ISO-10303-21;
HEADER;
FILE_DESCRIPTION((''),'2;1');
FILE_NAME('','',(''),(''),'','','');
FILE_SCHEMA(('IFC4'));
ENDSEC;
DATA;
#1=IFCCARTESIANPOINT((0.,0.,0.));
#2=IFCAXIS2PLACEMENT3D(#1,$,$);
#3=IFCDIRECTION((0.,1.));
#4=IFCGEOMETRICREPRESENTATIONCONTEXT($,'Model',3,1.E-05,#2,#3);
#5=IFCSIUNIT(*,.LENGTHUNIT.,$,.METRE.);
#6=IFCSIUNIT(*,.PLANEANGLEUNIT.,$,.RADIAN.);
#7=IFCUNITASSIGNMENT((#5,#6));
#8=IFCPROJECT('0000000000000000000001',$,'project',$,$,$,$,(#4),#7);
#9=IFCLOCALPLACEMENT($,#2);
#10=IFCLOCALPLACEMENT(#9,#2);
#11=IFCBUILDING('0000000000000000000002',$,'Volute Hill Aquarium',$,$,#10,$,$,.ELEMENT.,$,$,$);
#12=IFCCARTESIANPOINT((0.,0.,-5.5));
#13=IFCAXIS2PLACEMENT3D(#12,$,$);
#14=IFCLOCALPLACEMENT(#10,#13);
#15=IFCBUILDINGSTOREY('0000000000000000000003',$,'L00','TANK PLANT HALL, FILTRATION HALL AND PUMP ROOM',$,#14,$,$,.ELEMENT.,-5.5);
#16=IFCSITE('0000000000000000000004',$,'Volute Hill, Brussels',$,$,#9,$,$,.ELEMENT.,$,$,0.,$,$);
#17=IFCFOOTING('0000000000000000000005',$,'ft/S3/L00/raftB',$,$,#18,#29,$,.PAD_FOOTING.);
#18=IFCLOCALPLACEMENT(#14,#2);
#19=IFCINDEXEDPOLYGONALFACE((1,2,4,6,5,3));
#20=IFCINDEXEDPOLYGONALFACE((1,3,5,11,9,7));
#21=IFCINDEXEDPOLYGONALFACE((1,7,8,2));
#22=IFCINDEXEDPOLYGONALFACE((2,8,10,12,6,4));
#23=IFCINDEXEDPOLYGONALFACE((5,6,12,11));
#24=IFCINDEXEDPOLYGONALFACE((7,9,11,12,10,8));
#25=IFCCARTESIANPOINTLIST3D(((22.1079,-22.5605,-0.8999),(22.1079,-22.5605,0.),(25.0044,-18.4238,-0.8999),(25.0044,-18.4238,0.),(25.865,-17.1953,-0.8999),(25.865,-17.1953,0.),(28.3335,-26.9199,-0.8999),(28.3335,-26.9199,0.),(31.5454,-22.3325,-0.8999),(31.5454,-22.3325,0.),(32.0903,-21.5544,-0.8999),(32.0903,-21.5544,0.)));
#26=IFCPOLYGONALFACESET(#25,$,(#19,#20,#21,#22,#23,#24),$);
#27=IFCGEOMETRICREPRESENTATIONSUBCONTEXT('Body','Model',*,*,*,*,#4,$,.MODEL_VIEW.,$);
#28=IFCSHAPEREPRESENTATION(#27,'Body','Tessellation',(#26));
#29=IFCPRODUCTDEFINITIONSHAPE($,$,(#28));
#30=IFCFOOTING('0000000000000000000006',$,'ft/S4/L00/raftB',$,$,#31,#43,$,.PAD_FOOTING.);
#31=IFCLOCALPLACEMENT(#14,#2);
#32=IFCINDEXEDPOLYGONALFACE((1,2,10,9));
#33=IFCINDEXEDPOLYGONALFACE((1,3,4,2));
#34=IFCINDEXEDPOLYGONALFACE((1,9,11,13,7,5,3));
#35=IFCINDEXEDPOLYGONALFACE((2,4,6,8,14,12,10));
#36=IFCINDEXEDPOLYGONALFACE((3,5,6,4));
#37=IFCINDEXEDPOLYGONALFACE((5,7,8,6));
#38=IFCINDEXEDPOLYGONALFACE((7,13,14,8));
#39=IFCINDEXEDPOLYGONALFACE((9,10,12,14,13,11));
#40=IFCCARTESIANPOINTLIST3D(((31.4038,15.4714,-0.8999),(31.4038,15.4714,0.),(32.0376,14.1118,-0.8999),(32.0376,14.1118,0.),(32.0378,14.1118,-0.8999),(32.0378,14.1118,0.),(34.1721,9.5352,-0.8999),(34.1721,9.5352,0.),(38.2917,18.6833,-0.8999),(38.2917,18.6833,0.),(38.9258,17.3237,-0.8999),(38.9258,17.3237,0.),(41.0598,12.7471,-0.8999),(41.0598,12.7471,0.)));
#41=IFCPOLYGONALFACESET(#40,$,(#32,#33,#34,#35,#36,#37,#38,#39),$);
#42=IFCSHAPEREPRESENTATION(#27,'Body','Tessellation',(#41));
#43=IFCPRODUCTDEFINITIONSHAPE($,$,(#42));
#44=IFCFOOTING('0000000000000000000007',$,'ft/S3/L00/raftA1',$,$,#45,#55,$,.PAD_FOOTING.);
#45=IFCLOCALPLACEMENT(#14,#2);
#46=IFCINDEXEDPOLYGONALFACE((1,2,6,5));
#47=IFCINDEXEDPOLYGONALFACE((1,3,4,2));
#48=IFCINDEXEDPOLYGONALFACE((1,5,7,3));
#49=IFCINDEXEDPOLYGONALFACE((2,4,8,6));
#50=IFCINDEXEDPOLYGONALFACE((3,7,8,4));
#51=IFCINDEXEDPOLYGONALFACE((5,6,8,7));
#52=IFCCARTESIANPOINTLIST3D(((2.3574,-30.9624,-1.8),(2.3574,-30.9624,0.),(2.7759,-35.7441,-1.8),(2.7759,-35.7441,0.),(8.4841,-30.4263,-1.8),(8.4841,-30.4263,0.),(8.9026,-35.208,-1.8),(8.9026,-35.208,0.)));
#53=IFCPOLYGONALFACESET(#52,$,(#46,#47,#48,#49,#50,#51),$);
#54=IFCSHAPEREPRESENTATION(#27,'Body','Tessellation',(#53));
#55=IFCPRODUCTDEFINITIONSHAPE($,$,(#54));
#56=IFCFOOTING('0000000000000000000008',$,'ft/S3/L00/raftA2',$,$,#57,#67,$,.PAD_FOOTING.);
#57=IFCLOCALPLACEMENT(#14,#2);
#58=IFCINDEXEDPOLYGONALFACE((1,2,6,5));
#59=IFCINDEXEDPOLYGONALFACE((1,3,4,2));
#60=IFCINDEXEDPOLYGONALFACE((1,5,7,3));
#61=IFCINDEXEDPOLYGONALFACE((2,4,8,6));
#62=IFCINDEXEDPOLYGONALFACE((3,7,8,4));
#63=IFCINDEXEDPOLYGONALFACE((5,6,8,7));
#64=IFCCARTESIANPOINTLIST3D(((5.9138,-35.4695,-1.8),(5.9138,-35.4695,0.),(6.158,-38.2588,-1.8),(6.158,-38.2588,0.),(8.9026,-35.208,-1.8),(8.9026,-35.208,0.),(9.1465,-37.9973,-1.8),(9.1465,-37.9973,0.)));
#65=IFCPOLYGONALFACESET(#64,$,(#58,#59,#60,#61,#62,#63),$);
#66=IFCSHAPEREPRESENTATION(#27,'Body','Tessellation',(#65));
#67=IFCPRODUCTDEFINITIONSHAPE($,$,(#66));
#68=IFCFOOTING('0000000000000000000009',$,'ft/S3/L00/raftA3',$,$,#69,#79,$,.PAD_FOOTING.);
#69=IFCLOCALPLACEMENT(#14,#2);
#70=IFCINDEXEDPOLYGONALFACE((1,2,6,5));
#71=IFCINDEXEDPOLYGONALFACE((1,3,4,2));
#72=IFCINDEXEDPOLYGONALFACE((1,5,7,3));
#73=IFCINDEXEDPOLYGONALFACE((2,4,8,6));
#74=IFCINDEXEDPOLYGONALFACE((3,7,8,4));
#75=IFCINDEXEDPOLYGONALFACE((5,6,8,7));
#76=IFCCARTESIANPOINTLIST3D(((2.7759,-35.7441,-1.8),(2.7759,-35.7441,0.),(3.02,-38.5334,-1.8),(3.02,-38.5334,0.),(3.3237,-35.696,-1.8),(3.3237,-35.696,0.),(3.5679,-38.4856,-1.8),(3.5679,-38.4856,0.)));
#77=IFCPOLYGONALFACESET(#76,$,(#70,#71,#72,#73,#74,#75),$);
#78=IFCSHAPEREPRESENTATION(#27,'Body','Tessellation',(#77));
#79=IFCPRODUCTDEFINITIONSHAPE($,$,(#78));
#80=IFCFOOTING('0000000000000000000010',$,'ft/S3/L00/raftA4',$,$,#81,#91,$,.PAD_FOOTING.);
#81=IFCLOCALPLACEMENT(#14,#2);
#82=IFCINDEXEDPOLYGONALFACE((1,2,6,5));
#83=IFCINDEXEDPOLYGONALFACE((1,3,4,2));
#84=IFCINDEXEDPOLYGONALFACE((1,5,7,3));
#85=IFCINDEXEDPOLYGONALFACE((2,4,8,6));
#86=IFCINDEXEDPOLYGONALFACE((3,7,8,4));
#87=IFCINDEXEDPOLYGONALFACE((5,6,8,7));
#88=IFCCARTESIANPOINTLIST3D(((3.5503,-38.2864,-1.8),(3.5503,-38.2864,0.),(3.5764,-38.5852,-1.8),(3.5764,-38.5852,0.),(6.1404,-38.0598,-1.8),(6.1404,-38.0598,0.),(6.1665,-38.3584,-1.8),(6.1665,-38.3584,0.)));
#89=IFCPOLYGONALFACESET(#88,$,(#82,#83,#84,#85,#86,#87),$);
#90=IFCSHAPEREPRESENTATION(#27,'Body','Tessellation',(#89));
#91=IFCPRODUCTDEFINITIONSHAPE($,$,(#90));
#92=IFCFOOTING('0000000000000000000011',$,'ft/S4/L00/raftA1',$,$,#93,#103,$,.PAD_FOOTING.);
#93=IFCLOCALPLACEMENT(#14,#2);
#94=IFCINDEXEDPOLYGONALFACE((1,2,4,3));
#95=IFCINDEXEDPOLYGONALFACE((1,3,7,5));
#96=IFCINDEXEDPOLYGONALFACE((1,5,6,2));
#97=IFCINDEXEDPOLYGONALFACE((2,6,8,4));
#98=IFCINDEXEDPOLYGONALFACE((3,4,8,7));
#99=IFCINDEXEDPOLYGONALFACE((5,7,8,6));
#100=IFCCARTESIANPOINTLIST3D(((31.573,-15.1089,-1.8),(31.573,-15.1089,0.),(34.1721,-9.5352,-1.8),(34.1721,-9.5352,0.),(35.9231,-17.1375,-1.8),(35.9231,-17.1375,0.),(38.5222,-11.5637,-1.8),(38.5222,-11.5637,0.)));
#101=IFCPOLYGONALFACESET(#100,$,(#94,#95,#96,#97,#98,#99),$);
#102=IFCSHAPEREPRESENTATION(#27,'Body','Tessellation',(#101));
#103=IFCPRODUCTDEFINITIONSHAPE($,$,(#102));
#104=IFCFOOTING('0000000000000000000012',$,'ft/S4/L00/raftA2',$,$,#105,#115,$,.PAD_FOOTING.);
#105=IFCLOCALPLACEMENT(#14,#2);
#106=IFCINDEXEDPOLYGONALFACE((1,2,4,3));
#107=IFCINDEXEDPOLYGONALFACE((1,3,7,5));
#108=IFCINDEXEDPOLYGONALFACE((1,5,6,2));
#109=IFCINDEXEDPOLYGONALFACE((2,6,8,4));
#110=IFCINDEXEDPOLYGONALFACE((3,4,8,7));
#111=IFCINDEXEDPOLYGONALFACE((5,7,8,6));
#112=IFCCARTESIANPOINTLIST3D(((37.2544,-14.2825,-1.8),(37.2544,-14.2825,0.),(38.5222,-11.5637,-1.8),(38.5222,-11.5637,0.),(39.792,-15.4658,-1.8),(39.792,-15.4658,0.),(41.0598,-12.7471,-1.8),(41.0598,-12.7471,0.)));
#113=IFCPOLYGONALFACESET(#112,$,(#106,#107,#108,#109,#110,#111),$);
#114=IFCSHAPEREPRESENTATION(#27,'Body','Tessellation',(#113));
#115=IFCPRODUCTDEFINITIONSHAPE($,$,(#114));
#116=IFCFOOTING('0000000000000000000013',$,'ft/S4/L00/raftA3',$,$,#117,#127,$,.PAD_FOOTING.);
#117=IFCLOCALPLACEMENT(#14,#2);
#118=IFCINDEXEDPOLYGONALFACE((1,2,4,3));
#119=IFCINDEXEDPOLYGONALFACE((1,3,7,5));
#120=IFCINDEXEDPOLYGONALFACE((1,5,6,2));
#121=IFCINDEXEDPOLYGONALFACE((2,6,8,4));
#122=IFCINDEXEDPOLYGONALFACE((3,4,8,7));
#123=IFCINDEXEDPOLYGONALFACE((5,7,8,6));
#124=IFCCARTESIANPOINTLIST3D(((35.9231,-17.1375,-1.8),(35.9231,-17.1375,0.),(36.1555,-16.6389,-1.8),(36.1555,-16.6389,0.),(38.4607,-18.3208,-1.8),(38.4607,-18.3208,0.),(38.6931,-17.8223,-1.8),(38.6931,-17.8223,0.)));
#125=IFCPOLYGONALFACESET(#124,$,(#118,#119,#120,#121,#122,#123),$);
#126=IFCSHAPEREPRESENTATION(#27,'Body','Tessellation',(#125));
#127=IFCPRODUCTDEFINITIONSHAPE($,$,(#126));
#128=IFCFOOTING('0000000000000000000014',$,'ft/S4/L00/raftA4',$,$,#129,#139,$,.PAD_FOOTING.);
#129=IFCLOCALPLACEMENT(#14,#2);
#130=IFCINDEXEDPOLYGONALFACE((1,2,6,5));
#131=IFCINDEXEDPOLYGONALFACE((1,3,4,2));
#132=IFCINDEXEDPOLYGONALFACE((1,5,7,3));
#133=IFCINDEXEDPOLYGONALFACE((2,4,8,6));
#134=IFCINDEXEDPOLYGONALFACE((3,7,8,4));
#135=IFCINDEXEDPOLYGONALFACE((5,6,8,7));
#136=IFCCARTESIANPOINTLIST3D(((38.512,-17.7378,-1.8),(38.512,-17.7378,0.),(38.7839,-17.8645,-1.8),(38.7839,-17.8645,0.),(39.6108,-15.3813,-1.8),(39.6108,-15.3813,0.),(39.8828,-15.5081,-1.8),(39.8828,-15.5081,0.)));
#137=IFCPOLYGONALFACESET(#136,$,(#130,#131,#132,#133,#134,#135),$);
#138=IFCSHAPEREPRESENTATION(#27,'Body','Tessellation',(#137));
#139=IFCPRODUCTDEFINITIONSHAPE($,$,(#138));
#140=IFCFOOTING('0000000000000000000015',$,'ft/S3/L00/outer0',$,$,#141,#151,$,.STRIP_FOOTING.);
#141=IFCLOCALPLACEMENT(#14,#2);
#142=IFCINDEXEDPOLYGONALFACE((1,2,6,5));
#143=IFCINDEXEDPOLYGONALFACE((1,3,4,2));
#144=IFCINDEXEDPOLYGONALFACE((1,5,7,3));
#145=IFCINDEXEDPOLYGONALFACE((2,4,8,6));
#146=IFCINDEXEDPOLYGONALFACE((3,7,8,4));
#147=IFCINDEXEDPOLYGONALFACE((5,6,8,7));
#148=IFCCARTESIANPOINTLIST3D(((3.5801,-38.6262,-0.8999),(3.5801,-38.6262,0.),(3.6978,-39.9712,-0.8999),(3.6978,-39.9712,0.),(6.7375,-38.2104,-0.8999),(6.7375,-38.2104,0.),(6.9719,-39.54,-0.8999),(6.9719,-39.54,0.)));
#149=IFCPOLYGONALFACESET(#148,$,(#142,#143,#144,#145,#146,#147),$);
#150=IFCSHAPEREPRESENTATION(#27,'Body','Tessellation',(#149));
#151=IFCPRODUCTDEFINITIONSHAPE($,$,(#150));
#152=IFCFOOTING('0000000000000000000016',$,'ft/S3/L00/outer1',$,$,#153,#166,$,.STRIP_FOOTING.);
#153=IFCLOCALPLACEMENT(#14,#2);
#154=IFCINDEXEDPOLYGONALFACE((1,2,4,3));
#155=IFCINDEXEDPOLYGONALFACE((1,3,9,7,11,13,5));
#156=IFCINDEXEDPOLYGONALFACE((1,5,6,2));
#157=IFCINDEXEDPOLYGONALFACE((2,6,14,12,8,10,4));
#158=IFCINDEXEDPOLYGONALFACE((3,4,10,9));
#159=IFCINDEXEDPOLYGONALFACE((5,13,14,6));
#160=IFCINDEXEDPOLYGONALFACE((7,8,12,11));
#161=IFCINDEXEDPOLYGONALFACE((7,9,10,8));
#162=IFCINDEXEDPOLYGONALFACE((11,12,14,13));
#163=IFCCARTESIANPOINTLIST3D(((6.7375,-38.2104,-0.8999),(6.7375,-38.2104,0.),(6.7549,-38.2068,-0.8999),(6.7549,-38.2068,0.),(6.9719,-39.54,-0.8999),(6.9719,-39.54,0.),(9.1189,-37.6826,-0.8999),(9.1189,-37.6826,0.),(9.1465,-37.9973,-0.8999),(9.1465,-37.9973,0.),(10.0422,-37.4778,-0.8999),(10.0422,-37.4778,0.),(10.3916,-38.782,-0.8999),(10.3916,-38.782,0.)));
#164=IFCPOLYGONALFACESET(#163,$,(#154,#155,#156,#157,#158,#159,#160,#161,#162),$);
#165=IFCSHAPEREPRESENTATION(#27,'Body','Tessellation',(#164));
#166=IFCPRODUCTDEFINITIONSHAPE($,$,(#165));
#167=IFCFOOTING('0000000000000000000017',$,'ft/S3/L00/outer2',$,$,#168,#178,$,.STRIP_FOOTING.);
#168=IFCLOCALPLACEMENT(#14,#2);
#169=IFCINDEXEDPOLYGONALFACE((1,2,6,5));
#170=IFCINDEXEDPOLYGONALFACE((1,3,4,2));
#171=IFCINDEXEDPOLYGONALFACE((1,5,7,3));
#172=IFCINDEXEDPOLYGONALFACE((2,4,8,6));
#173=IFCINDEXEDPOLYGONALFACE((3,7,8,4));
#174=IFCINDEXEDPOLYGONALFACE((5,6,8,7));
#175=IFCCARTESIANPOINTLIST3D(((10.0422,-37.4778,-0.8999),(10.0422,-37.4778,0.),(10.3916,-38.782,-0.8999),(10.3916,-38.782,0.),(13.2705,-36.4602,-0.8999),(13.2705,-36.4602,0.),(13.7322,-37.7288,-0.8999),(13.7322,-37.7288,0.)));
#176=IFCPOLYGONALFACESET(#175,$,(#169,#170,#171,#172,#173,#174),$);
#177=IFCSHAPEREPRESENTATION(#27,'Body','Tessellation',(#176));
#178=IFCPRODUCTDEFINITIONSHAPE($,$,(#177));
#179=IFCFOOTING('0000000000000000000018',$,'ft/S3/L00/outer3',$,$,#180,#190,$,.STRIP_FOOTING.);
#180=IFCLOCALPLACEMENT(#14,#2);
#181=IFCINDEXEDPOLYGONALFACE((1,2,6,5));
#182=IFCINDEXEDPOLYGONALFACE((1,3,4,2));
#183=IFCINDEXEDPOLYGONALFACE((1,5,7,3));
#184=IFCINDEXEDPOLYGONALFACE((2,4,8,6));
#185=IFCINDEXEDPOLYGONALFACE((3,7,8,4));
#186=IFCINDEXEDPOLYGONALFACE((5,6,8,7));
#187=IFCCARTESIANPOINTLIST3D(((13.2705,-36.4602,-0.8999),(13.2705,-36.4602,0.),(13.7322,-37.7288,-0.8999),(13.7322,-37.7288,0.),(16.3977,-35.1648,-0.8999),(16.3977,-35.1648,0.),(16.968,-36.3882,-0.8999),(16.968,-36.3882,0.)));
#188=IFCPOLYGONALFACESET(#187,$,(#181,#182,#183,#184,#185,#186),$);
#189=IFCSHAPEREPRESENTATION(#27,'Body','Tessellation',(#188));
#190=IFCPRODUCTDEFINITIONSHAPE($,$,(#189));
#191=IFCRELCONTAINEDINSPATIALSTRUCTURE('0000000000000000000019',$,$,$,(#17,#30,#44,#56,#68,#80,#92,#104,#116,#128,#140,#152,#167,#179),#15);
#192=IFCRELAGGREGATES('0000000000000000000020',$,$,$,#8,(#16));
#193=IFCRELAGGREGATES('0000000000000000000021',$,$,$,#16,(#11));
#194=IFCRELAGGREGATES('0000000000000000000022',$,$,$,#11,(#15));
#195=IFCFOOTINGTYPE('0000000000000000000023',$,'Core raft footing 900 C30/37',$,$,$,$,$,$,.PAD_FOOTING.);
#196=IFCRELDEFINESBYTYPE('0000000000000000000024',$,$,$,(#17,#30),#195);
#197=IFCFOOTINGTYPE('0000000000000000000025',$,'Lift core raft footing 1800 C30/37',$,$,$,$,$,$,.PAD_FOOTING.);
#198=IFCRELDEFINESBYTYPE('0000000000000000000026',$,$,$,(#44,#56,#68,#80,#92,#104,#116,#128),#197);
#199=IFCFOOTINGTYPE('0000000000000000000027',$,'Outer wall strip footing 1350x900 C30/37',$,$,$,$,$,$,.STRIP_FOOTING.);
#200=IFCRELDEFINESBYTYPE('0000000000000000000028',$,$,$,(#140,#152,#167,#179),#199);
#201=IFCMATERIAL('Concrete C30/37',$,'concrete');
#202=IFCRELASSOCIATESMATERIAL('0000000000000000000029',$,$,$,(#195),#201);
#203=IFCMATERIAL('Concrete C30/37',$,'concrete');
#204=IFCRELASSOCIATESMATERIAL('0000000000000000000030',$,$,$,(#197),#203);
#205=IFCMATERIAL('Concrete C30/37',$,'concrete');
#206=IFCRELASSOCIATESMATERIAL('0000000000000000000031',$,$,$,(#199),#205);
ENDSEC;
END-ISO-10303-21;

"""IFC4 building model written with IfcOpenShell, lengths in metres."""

from ifc_helpers import new_model, si_unit, direction, frame, origin, place, context, subcontext, project, spatial, polyline, outline, extrude, material, type_object, element, save


model = new_model("IFC4")

# Units and contexts
model_context = context("Model", 3, precision=1e-05, world=origin(), true_north=direction((0.0, 1.0)))
body_context = subcontext(model_context, "Body", "Model", "MODEL_VIEW")
ifc_project = project(units=[si_unit("LENGTHUNIT", "METRE"), si_unit("PLANEANGLEUNIT", "RADIAN")], contexts=[model_context])

# Site, building, storey
site_placement = place(None, origin())
site = spatial("IfcSite", under=ifc_project, at=site_placement, Name="Volute Hill, Brussels", CompositionType="ELEMENT", RefElevation=0.0)
building_placement = place(site_placement, origin())
building = spatial("IfcBuilding", under=site, at=building_placement, Name="Volute Hill Aquarium", CompositionType="ELEMENT")
storey_placement = place(building_placement, frame((0.0, 0.0, -5.5)))
storey = spatial("IfcBuildingStorey", under=building, at=storey_placement, Name="L00", Description="TANK PLANT HALL, FILTRATION HALL AND PUMP ROOM", CompositionType="ELEMENT", Elevation=-5.5)

# Footings
ifc_material_1 = material(Name="Concrete C30/37", Category="concrete")
footing_type_1 = type_object("IfcFootingType", Name="Core raft footing 900 C30/37", PredefinedType="PAD_FOOTING", material=ifc_material_1)
footing_1_placement = place(storey_placement, frame((0.0, 0.0, -0.8999)))
element("IfcFooting", 1, at=footing_1_placement, inside=storey, type_object=footing_type_1, Name="ft/S3/L00/raftB", PredefinedType="PAD_FOOTING", context=body_context, shape_type="SweptSolid", body=[
    extrude(outline(polyline([(25.0044, -18.4238), (25.0044, -18.4238), (25.865, -17.1953), (32.0903, -21.5544), (31.5454, -22.3325), (31.5454, -22.3325), (28.3335, -26.9199), (22.1079, -22.5605), (25.0044, -18.4238)])), origin(), (0.0, 0.0, 1.0), 0.8999),
])
footing_2_placement = place(storey_placement, frame((0.0, 0.0, -0.8999)))
element("IfcFooting", 2, at=footing_2_placement, inside=storey, type_object=footing_type_1, Name="ft/S4/L00/raftB", PredefinedType="PAD_FOOTING", context=body_context, shape_type="SweptSolid", body=[
    extrude(outline(polyline([(32.0378, 14.1118), (32.0376, 14.1118), (31.4038, 15.4714), (38.2917, 18.6833), (38.9258, 17.3237), (38.9258, 17.3237), (41.0598, 12.7471), (34.1721, 9.5352), (32.0378, 14.1118)])), origin(), (0.0, 0.0, 1.0), 0.8999),
])
ifc_material_2 = material(Name="Concrete C30/37", Category="concrete")
footing_type_2 = type_object("IfcFootingType", Name="Lift core raft footing 1800 C30/37", PredefinedType="PAD_FOOTING", material=ifc_material_2)
footing_3_placement = place(storey_placement, frame((0.0, 0.0, -1.8)))
element("IfcFooting", 3, at=footing_3_placement, inside=storey, type_object=footing_type_2, Name="ft/S3/L00/raftA1", PredefinedType="PAD_FOOTING", context=body_context, shape_type="SweptSolid", body=[
    extrude(outline(polyline([(2.3574, -30.9624), (2.7759, -35.7441), (8.9026, -35.208), (8.4841, -30.4263), (2.3574, -30.9624)])), origin(), (0.0, 0.0, 1.0), 1.8),
])
footing_4_placement = place(storey_placement, frame((0.0, 0.0, -1.8)))
element("IfcFooting", 4, at=footing_4_placement, inside=storey, type_object=footing_type_2, Name="ft/S3/L00/raftA2", PredefinedType="PAD_FOOTING", context=body_context, shape_type="SweptSolid", body=[
    extrude(outline(polyline([(5.9138, -35.4695), (6.158, -38.2588), (9.1465, -37.9973), (8.9026, -35.208), (5.9138, -35.4695)])), origin(), (0.0, 0.0, 1.0), 1.8),
])
footing_5_placement = place(storey_placement, frame((0.0, 0.0, -1.8)))
element("IfcFooting", 5, at=footing_5_placement, inside=storey, type_object=footing_type_2, Name="ft/S3/L00/raftA3", PredefinedType="PAD_FOOTING", context=body_context, shape_type="SweptSolid", body=[
    extrude(outline(polyline([(2.7759, -35.7441), (3.02, -38.5334), (3.5679, -38.4856), (3.3237, -35.696), (2.7759, -35.7441)])), origin(), (0.0, 0.0, 1.0), 1.8),
])
footing_6_placement = place(storey_placement, frame((0.0, 0.0, -1.8)))
element("IfcFooting", 6, at=footing_6_placement, inside=storey, type_object=footing_type_2, Name="ft/S3/L00/raftA4", PredefinedType="PAD_FOOTING", context=body_context, shape_type="SweptSolid", body=[
    extrude(outline(polyline([(3.5503, -38.2864), (3.5764, -38.5852), (6.1665, -38.3584), (6.1404, -38.0598), (3.5503, -38.2864)])), origin(), (0.0, 0.0, 1.0), 1.8),
])
footing_7_placement = place(storey_placement, frame((0.0, 0.0, -1.8)))
element("IfcFooting", 7, at=footing_7_placement, inside=storey, type_object=footing_type_2, Name="ft/S4/L00/raftA1", PredefinedType="PAD_FOOTING", context=body_context, shape_type="SweptSolid", body=[
    extrude(outline(polyline([(31.573, -15.1089), (35.9231, -17.1375), (38.5222, -11.5637), (34.1721, -9.5352), (31.573, -15.1089)])), origin(), (0.0, 0.0, 1.0), 1.8),
])
footing_8_placement = place(storey_placement, frame((0.0, 0.0, -1.8)))
element("IfcFooting", 8, at=footing_8_placement, inside=storey, type_object=footing_type_2, Name="ft/S4/L00/raftA2", PredefinedType="PAD_FOOTING", context=body_context, shape_type="SweptSolid", body=[
    extrude(outline(polyline([(37.2544, -14.2825), (39.792, -15.4658), (41.0598, -12.7471), (38.5222, -11.5637), (37.2544, -14.2825)])), origin(), (0.0, 0.0, 1.0), 1.8),
])
footing_9_placement = place(storey_placement, frame((0.0, 0.0, -1.8)))
element("IfcFooting", 9, at=footing_9_placement, inside=storey, type_object=footing_type_2, Name="ft/S4/L00/raftA3", PredefinedType="PAD_FOOTING", context=body_context, shape_type="SweptSolid", body=[
    extrude(outline(polyline([(35.9231, -17.1375), (38.4607, -18.3208), (38.6931, -17.8223), (36.1555, -16.6389), (35.9231, -17.1375)])), origin(), (0.0, 0.0, 1.0), 1.8),
])
footing_10_placement = place(storey_placement, frame((0.0, 0.0, -1.8)))
element("IfcFooting", 10, at=footing_10_placement, inside=storey, type_object=footing_type_2, Name="ft/S4/L00/raftA4", PredefinedType="PAD_FOOTING", context=body_context, shape_type="SweptSolid", body=[
    extrude(outline(polyline([(38.512, -17.7378), (38.7839, -17.8645), (39.8828, -15.5081), (39.6108, -15.3813), (38.512, -17.7378)])), origin(), (0.0, 0.0, 1.0), 1.8),
])
ifc_material_3 = material(Name="Concrete C30/37", Category="concrete")
footing_type_3 = type_object("IfcFootingType", Name="Outer wall strip footing 1350x900 C30/37", PredefinedType="STRIP_FOOTING", material=ifc_material_3)
footing_11_placement = place(storey_placement, frame((0.0, 0.0, -0.8999)))
element("IfcFooting", 11, at=footing_11_placement, inside=storey, type_object=footing_type_3, Name="ft/S3/L00/outer0", PredefinedType="STRIP_FOOTING", context=body_context, shape_type="SweptSolid", body=[
    extrude(outline(polyline([(6.9719, -39.54), (3.6978, -39.9712), (3.5801, -38.6262), (6.7375, -38.2104), (6.9719, -39.54)])), origin(), (0.0, 0.0, 1.0), 0.8999),
])
footing_12_placement = place(storey_placement, frame((0.0, 0.0, -0.8999)))
element("IfcFooting", 12, at=footing_12_placement, inside=storey, type_object=footing_type_3, Name="ft/S3/L00/outer1", PredefinedType="STRIP_FOOTING", context=body_context, shape_type="SweptSolid", body=[
    extrude(outline(polyline([(10.3916, -38.782), (6.9719, -39.54), (6.7375, -38.2104), (6.7549, -38.2068), (9.1465, -37.9973), (9.1189, -37.6826), (10.0422, -37.4778), (10.3916, -38.782)])), origin(), (0.0, 0.0, 1.0), 0.8999),
])
footing_13_placement = place(storey_placement, frame((0.0, 0.0, -0.8999)))
element("IfcFooting", 13, at=footing_13_placement, inside=storey, type_object=footing_type_3, Name="ft/S3/L00/outer2", PredefinedType="STRIP_FOOTING", context=body_context, shape_type="SweptSolid", body=[
    extrude(outline(polyline([(13.7322, -37.7288), (10.3916, -38.782), (10.0422, -37.4778), (13.2705, -36.4602), (13.7322, -37.7288)])), origin(), (0.0, 0.0, 1.0), 0.8999),
])
footing_14_placement = place(storey_placement, frame((0.0, 0.0, -0.8999)))
element("IfcFooting", 14, at=footing_14_placement, inside=storey, type_object=footing_type_3, Name="ft/S3/L00/outer3", PredefinedType="STRIP_FOOTING", context=body_context, shape_type="SweptSolid", body=[
    extrude(outline(polyline([(16.968, -36.3882), (13.7322, -37.7288), (13.2705, -36.4602), (16.3977, -35.1648), (16.968, -36.3882)])), origin(), (0.0, 0.0, 1.0), 0.8999),
])

save(model, "model.ifc")
